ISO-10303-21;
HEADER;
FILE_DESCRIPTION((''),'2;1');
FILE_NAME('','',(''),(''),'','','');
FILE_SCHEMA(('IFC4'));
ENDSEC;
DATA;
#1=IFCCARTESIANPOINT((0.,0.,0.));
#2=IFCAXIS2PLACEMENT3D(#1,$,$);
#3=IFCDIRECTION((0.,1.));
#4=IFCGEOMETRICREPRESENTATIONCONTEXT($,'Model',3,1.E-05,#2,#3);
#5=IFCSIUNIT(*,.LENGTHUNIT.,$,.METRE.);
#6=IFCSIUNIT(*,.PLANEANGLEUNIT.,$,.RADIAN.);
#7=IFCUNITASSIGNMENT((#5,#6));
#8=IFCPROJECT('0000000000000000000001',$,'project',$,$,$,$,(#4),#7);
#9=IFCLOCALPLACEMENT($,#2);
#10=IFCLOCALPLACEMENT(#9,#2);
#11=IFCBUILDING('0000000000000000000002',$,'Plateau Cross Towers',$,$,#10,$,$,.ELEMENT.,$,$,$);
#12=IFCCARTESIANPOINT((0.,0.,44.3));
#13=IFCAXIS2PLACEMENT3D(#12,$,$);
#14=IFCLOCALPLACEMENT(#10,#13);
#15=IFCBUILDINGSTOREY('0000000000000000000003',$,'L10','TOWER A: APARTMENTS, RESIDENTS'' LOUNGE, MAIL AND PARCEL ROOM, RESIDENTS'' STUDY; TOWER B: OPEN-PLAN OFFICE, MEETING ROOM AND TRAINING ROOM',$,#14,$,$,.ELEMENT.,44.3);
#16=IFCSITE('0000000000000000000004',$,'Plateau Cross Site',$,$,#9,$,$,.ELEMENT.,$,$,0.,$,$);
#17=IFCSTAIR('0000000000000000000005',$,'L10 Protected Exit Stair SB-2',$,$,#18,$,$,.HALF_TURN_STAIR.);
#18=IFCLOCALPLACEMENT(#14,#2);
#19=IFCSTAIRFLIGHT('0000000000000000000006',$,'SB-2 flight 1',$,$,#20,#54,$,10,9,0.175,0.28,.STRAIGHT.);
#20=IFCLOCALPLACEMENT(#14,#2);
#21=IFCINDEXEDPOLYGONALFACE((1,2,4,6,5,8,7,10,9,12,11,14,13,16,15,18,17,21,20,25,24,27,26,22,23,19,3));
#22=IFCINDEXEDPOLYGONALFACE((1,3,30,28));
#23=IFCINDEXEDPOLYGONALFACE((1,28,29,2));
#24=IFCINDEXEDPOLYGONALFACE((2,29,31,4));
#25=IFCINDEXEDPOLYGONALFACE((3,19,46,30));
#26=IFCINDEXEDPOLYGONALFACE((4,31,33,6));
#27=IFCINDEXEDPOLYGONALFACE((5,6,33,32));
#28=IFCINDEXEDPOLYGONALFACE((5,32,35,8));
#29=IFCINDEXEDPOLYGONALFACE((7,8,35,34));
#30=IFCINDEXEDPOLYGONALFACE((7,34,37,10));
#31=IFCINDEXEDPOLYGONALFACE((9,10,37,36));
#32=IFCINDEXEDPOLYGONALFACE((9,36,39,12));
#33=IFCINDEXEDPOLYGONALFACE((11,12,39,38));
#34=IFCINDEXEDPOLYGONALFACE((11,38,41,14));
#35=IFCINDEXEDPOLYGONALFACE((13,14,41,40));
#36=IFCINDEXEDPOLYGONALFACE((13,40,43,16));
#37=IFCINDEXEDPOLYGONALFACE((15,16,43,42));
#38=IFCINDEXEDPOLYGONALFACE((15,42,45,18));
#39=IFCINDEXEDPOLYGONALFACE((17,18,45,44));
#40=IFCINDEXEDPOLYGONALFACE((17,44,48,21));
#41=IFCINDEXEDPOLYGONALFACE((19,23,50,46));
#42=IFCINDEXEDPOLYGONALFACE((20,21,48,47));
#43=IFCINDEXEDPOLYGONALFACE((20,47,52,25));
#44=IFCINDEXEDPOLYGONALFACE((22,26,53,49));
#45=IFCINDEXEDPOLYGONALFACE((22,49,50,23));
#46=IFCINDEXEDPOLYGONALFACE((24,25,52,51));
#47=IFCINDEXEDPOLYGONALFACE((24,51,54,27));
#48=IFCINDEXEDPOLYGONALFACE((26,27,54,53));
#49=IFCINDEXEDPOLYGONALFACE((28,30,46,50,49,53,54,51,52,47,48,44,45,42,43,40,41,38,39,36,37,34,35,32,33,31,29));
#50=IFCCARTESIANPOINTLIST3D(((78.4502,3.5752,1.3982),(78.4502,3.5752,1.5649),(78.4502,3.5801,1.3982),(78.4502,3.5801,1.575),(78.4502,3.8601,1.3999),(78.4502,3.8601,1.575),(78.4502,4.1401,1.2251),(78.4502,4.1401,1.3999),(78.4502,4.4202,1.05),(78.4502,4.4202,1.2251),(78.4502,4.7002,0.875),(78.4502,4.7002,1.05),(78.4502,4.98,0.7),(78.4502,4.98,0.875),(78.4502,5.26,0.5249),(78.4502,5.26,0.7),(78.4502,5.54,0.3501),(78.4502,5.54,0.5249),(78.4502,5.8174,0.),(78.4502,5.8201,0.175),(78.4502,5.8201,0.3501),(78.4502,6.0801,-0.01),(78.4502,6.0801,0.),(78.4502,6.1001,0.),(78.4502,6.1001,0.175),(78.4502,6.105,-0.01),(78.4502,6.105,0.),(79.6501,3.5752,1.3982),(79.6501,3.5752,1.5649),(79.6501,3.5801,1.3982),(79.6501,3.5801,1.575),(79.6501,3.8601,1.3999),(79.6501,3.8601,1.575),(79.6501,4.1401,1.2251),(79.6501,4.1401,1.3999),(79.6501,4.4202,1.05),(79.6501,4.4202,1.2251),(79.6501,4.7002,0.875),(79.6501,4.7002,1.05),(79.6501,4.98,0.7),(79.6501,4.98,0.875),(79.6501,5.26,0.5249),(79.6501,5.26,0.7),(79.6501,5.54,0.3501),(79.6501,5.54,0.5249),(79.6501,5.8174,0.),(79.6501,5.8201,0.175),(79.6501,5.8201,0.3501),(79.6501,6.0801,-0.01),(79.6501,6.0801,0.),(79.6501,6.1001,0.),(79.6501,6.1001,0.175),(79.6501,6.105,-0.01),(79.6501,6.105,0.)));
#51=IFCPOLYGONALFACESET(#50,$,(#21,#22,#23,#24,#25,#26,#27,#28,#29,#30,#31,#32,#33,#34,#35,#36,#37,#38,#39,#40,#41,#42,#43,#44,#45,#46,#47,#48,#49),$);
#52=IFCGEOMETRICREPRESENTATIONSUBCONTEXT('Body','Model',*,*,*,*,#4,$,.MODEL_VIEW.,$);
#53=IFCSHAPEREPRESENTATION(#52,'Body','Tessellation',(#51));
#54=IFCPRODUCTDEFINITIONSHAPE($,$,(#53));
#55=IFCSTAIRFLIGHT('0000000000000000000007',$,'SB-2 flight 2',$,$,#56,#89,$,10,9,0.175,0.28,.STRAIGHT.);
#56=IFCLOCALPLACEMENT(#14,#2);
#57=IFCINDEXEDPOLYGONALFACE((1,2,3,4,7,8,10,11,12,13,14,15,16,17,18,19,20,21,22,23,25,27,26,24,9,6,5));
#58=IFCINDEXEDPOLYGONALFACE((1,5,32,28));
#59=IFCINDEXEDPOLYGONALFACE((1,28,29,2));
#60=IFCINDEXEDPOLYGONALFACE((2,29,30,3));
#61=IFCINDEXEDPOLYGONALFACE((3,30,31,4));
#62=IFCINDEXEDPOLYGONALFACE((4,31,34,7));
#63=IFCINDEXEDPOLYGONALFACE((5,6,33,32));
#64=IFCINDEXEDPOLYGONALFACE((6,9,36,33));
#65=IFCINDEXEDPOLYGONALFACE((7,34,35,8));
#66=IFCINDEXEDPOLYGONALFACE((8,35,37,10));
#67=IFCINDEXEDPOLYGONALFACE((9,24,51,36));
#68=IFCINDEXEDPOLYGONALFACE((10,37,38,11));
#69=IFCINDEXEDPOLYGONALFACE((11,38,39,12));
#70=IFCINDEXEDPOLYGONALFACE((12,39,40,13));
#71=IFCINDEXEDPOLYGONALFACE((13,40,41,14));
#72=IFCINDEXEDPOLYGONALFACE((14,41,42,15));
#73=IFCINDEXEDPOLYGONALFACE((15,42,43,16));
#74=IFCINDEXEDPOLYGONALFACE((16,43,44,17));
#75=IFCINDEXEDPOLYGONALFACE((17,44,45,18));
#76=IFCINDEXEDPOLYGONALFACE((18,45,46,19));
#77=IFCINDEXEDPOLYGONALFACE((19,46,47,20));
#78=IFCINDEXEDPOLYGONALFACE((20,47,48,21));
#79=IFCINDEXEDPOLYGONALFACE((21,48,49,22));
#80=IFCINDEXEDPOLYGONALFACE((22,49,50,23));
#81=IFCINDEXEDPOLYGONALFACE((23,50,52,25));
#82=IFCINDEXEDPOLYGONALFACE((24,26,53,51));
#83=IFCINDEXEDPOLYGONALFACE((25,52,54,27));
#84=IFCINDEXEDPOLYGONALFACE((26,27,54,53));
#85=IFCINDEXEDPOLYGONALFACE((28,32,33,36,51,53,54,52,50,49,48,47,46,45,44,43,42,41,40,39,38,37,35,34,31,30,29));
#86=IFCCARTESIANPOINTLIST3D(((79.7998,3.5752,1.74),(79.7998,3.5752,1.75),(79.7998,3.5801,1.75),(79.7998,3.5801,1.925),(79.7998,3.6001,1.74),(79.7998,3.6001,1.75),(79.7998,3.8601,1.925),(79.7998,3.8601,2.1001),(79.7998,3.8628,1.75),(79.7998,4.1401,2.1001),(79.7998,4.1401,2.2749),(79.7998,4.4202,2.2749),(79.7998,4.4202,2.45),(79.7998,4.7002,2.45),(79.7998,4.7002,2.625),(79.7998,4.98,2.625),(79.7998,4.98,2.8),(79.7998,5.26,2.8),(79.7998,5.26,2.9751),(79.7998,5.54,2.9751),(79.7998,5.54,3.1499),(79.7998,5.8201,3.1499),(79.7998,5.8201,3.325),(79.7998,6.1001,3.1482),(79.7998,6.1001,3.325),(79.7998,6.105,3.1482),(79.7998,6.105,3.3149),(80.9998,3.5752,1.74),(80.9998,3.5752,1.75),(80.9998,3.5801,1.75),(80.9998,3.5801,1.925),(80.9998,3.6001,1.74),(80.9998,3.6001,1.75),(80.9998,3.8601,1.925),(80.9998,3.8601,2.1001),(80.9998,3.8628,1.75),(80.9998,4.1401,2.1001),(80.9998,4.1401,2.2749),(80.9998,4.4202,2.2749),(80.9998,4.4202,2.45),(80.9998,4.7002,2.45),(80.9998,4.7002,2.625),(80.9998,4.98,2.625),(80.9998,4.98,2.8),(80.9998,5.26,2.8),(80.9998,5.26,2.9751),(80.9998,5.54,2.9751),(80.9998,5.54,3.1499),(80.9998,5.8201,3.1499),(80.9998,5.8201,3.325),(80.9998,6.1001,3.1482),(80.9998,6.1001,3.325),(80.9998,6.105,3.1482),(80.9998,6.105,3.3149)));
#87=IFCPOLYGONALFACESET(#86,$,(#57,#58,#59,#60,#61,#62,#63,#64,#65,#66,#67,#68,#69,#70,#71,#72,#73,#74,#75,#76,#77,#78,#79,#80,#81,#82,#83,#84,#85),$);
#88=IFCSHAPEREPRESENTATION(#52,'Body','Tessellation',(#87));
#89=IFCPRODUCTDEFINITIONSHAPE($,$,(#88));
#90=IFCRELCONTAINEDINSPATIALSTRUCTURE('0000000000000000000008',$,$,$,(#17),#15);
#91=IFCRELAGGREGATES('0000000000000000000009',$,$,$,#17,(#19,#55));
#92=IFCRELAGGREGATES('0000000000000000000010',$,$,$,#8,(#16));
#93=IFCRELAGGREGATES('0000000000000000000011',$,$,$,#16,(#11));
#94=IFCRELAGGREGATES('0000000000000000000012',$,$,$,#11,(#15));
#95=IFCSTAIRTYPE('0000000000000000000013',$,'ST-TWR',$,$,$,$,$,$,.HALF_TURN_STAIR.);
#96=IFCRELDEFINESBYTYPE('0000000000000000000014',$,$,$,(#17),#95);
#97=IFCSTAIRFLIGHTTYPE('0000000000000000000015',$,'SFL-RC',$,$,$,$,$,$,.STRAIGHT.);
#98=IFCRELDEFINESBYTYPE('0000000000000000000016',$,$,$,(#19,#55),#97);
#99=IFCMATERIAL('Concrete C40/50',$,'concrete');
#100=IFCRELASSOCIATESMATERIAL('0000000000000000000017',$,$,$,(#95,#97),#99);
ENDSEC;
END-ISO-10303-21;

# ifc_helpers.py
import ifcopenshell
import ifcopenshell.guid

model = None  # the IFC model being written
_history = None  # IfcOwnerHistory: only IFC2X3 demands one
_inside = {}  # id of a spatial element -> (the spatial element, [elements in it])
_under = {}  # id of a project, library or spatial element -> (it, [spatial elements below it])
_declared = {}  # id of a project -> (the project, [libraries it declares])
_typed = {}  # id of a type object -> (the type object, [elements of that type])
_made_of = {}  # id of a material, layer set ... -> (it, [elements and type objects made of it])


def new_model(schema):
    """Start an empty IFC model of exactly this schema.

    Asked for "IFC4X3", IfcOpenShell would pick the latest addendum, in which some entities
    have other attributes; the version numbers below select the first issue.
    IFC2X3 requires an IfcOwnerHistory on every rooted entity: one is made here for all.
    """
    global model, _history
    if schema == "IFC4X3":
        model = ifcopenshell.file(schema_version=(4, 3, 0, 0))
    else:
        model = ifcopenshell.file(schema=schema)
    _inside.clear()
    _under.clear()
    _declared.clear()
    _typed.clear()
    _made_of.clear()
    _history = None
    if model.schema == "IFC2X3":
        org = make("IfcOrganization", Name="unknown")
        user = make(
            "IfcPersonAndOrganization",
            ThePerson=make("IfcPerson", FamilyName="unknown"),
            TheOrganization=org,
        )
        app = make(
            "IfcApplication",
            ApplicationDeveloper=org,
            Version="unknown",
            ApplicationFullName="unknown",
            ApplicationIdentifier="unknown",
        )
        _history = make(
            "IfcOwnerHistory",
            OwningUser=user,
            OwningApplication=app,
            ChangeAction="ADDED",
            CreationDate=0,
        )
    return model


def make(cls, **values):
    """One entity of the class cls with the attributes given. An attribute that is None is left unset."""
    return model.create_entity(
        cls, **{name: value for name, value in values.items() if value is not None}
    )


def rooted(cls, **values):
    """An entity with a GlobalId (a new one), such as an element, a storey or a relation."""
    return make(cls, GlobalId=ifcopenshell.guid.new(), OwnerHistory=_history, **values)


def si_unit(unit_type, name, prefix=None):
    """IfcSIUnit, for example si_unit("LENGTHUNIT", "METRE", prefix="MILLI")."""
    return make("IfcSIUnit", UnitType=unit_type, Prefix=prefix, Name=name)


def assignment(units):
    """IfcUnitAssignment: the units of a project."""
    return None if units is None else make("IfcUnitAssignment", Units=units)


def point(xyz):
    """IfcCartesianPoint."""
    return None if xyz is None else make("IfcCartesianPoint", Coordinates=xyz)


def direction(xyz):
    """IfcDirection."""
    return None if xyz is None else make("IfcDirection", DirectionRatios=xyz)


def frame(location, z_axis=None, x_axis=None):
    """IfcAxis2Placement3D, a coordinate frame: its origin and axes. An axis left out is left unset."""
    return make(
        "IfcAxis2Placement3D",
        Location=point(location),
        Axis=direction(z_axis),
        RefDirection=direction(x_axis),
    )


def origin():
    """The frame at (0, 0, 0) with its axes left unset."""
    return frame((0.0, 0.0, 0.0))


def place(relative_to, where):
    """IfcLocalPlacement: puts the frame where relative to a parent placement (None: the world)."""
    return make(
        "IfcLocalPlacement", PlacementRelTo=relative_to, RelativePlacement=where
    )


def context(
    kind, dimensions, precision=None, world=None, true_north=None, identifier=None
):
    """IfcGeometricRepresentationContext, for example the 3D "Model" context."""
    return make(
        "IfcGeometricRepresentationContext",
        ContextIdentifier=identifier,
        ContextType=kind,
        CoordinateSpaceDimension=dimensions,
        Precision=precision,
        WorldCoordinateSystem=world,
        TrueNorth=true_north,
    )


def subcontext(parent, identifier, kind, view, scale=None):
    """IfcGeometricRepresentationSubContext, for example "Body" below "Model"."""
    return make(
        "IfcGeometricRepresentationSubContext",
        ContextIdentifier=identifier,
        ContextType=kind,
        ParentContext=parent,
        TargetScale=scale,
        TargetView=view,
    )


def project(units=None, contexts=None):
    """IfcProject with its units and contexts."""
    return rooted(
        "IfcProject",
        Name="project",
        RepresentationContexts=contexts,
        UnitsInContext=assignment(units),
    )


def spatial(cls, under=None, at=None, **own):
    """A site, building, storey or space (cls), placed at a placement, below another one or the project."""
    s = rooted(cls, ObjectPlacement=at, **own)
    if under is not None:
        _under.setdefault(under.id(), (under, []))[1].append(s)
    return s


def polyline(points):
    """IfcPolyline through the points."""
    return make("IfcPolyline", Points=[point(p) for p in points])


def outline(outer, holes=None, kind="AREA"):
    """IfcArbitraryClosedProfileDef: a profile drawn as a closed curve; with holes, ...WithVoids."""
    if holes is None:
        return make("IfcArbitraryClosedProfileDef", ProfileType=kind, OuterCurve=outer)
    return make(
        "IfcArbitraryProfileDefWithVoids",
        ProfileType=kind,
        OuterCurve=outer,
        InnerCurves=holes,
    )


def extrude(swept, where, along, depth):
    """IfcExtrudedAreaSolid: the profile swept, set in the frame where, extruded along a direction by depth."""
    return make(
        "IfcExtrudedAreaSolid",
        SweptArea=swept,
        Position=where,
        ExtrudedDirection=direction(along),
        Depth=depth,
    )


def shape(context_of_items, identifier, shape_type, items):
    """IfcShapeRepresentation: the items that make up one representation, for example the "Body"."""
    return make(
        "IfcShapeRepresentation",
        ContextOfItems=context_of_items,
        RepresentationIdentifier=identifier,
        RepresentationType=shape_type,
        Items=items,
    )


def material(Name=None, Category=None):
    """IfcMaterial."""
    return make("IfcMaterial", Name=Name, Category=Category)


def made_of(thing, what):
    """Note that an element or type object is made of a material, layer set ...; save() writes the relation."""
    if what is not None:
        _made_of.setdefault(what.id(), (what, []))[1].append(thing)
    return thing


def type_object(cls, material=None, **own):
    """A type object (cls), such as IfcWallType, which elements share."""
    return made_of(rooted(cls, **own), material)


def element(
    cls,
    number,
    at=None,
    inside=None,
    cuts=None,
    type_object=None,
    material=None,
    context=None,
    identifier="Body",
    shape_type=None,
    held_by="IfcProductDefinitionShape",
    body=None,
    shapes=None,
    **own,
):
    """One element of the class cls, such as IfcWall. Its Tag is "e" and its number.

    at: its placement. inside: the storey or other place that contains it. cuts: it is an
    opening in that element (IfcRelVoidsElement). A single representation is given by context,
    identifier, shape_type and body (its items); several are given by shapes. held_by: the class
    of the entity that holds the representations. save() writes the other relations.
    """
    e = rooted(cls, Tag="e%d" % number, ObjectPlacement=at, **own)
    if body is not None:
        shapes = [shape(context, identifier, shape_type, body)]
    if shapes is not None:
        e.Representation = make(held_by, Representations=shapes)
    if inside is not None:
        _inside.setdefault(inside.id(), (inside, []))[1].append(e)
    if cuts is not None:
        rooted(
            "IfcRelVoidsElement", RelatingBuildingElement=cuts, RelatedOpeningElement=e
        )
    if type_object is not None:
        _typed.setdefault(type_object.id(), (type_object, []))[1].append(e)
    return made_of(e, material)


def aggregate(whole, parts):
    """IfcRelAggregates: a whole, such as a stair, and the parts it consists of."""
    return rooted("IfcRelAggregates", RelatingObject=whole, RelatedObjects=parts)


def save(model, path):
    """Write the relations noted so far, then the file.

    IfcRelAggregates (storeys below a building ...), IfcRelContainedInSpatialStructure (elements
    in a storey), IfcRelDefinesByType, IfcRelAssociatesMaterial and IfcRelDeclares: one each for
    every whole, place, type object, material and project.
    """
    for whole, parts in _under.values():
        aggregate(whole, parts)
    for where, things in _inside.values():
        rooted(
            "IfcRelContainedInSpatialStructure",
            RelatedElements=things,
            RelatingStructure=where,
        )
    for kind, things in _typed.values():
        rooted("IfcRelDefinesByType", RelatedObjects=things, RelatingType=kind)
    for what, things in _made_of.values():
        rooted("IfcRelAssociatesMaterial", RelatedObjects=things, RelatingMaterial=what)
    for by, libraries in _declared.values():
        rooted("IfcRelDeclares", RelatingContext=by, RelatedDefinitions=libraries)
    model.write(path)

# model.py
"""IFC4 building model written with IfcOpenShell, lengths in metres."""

from ifc_helpers import new_model, si_unit, direction, frame, origin, place, context, subcontext, project, spatial, polyline, outline, extrude, material, type_object, element, aggregate, save


model = new_model("IFC4")

# Units and contexts
model_context = context("Model", 3, precision=1e-05, world=origin(), true_north=direction((0.0, 1.0)))
body_context = subcontext(model_context, "Body", "Model", "MODEL_VIEW")
ifc_project = project(units=[si_unit("LENGTHUNIT", "METRE"), si_unit("PLANEANGLEUNIT", "RADIAN")], contexts=[model_context])

# Site, building, storey
site_placement = place(None, origin())
site = spatial("IfcSite", under=ifc_project, at=site_placement, Name="Plateau Cross Site", CompositionType="ELEMENT", RefElevation=0.0)
building_placement = place(site_placement, origin())
building = spatial("IfcBuilding", under=site, at=building_placement, Name="Plateau Cross Towers", CompositionType="ELEMENT")
storey_placement = place(building_placement, frame((0.0, 0.0, 44.3)))
storey = spatial("IfcBuildingStorey", under=building, at=storey_placement, Name="L10", Description="TOWER A: APARTMENTS, RESIDENTS' LOUNGE, MAIL AND PARCEL ROOM, RESIDENTS' STUDY; TOWER B: OPEN-PLAN OFFICE, MEETING ROOM AND TRAINING ROOM", CompositionType="ELEMENT", Elevation=44.3)

# Stair, stair flights
ifc_material_1 = material(Name="Concrete C40/50", Category="concrete")
stair_type = type_object("IfcStairType", Name="ST-TWR", PredefinedType="HALF_TURN_STAIR", material=ifc_material_1)
stair_flight_type = type_object("IfcStairFlightType", Name="SFL-RC", PredefinedType="STRAIGHT", material=ifc_material_1)
stair_1_placement = place(storey_placement, origin())
stair_1 = element("IfcStair", 1, at=stair_1_placement, inside=storey, type_object=stair_type, Name="L10 Protected Exit Stair SB-2", PredefinedType="HALF_TURN_STAIR")
stair_flight_1_placement = place(storey_placement, frame((79.05, 6.1001, 0.0), z_axis=(0.0, 0.0, 1.0), x_axis=(0.0, -1.0, 0.0)))
stair_flight_1 = element("IfcStairFlight", 2, at=stair_flight_1_placement, type_object=stair_flight_type, Name="SB-2 flight 1", NumberOfRisers=10, NumberOfTreads=9, PredefinedType="STRAIGHT", RiserHeight=0.175, TreadLength=0.28, context=body_context, shape_type="SweptSolid", body=[
    extrude(outline(polyline([(-0.0049, -0.01), (-0.0049, 0.0), (0.0, 0.0), (0.0, 0.175), (0.28, 0.175), (0.28, 0.3501), (0.5601, 0.3501), (0.5601, 0.5249), (0.8401, 0.5249), (0.8401, 0.7), (1.1201, 0.7), (1.1201, 0.875), (1.3999, 0.875), (1.3999, 1.05), (1.6799, 1.05), (1.6799, 1.2251), (1.96, 1.2251), (1.96, 1.3999), (2.24, 1.3999), (2.24, 1.575), (2.52, 1.575), (2.5249, 1.5649), (2.5249, 1.3982), (2.52, 1.3982), (0.2827, 0.0), (0.02, 0.0), (0.02, -0.01), (-0.0049, -0.01)])), frame((0.0, 0.6001, 0.0), z_axis=(0.0, -1.0, 0.0), x_axis=(1.0, 0.0, 0.0)), (0.0, 0.0, 1.0), 1.2),
])
stair_flight_2_placement = place(storey_placement, frame((80.3999, 3.5801, 1.75), z_axis=(0.0, 0.0, 1.0), x_axis=(0.0, 1.0, 0.0)))
stair_flight_2 = element("IfcStairFlight", 3, at=stair_flight_2_placement, type_object=stair_flight_type, Name="SB-2 flight 2", NumberOfRisers=10, NumberOfTreads=9, PredefinedType="STRAIGHT", RiserHeight=0.175, TreadLength=0.28, context=body_context, shape_type="SweptSolid", body=[
    extrude(outline(polyline([(-0.0049, -0.01), (-0.0049, 0.0), (0.0, 0.0), (0.0, 0.175), (0.28, 0.175), (0.28, 0.3501), (0.5601, 0.3501), (0.5601, 0.5249), (0.8401, 0.5249), (0.8401, 0.7), (1.1201, 0.7), (1.1201, 0.875), (1.3999, 0.875), (1.3999, 1.05), (1.6799, 1.05), (1.6799, 1.2251), (1.96, 1.2251), (1.96, 1.3999), (2.24, 1.3999), (2.24, 1.575), (2.52, 1.575), (2.5249, 1.5649), (2.5249, 1.3982), (2.52, 1.3982), (0.2827, 0.0), (0.02, 0.0), (0.02, -0.01), (-0.0049, -0.01)])), frame((0.0, 0.6001, 0.0), z_axis=(0.0, -1.0, 0.0), x_axis=(1.0, 0.0, 0.0)), (0.0, 0.0, 1.0), 1.2),
])
aggregate(stair_1, [stair_flight_1, stair_flight_2])

save(model, "model.ifc")
